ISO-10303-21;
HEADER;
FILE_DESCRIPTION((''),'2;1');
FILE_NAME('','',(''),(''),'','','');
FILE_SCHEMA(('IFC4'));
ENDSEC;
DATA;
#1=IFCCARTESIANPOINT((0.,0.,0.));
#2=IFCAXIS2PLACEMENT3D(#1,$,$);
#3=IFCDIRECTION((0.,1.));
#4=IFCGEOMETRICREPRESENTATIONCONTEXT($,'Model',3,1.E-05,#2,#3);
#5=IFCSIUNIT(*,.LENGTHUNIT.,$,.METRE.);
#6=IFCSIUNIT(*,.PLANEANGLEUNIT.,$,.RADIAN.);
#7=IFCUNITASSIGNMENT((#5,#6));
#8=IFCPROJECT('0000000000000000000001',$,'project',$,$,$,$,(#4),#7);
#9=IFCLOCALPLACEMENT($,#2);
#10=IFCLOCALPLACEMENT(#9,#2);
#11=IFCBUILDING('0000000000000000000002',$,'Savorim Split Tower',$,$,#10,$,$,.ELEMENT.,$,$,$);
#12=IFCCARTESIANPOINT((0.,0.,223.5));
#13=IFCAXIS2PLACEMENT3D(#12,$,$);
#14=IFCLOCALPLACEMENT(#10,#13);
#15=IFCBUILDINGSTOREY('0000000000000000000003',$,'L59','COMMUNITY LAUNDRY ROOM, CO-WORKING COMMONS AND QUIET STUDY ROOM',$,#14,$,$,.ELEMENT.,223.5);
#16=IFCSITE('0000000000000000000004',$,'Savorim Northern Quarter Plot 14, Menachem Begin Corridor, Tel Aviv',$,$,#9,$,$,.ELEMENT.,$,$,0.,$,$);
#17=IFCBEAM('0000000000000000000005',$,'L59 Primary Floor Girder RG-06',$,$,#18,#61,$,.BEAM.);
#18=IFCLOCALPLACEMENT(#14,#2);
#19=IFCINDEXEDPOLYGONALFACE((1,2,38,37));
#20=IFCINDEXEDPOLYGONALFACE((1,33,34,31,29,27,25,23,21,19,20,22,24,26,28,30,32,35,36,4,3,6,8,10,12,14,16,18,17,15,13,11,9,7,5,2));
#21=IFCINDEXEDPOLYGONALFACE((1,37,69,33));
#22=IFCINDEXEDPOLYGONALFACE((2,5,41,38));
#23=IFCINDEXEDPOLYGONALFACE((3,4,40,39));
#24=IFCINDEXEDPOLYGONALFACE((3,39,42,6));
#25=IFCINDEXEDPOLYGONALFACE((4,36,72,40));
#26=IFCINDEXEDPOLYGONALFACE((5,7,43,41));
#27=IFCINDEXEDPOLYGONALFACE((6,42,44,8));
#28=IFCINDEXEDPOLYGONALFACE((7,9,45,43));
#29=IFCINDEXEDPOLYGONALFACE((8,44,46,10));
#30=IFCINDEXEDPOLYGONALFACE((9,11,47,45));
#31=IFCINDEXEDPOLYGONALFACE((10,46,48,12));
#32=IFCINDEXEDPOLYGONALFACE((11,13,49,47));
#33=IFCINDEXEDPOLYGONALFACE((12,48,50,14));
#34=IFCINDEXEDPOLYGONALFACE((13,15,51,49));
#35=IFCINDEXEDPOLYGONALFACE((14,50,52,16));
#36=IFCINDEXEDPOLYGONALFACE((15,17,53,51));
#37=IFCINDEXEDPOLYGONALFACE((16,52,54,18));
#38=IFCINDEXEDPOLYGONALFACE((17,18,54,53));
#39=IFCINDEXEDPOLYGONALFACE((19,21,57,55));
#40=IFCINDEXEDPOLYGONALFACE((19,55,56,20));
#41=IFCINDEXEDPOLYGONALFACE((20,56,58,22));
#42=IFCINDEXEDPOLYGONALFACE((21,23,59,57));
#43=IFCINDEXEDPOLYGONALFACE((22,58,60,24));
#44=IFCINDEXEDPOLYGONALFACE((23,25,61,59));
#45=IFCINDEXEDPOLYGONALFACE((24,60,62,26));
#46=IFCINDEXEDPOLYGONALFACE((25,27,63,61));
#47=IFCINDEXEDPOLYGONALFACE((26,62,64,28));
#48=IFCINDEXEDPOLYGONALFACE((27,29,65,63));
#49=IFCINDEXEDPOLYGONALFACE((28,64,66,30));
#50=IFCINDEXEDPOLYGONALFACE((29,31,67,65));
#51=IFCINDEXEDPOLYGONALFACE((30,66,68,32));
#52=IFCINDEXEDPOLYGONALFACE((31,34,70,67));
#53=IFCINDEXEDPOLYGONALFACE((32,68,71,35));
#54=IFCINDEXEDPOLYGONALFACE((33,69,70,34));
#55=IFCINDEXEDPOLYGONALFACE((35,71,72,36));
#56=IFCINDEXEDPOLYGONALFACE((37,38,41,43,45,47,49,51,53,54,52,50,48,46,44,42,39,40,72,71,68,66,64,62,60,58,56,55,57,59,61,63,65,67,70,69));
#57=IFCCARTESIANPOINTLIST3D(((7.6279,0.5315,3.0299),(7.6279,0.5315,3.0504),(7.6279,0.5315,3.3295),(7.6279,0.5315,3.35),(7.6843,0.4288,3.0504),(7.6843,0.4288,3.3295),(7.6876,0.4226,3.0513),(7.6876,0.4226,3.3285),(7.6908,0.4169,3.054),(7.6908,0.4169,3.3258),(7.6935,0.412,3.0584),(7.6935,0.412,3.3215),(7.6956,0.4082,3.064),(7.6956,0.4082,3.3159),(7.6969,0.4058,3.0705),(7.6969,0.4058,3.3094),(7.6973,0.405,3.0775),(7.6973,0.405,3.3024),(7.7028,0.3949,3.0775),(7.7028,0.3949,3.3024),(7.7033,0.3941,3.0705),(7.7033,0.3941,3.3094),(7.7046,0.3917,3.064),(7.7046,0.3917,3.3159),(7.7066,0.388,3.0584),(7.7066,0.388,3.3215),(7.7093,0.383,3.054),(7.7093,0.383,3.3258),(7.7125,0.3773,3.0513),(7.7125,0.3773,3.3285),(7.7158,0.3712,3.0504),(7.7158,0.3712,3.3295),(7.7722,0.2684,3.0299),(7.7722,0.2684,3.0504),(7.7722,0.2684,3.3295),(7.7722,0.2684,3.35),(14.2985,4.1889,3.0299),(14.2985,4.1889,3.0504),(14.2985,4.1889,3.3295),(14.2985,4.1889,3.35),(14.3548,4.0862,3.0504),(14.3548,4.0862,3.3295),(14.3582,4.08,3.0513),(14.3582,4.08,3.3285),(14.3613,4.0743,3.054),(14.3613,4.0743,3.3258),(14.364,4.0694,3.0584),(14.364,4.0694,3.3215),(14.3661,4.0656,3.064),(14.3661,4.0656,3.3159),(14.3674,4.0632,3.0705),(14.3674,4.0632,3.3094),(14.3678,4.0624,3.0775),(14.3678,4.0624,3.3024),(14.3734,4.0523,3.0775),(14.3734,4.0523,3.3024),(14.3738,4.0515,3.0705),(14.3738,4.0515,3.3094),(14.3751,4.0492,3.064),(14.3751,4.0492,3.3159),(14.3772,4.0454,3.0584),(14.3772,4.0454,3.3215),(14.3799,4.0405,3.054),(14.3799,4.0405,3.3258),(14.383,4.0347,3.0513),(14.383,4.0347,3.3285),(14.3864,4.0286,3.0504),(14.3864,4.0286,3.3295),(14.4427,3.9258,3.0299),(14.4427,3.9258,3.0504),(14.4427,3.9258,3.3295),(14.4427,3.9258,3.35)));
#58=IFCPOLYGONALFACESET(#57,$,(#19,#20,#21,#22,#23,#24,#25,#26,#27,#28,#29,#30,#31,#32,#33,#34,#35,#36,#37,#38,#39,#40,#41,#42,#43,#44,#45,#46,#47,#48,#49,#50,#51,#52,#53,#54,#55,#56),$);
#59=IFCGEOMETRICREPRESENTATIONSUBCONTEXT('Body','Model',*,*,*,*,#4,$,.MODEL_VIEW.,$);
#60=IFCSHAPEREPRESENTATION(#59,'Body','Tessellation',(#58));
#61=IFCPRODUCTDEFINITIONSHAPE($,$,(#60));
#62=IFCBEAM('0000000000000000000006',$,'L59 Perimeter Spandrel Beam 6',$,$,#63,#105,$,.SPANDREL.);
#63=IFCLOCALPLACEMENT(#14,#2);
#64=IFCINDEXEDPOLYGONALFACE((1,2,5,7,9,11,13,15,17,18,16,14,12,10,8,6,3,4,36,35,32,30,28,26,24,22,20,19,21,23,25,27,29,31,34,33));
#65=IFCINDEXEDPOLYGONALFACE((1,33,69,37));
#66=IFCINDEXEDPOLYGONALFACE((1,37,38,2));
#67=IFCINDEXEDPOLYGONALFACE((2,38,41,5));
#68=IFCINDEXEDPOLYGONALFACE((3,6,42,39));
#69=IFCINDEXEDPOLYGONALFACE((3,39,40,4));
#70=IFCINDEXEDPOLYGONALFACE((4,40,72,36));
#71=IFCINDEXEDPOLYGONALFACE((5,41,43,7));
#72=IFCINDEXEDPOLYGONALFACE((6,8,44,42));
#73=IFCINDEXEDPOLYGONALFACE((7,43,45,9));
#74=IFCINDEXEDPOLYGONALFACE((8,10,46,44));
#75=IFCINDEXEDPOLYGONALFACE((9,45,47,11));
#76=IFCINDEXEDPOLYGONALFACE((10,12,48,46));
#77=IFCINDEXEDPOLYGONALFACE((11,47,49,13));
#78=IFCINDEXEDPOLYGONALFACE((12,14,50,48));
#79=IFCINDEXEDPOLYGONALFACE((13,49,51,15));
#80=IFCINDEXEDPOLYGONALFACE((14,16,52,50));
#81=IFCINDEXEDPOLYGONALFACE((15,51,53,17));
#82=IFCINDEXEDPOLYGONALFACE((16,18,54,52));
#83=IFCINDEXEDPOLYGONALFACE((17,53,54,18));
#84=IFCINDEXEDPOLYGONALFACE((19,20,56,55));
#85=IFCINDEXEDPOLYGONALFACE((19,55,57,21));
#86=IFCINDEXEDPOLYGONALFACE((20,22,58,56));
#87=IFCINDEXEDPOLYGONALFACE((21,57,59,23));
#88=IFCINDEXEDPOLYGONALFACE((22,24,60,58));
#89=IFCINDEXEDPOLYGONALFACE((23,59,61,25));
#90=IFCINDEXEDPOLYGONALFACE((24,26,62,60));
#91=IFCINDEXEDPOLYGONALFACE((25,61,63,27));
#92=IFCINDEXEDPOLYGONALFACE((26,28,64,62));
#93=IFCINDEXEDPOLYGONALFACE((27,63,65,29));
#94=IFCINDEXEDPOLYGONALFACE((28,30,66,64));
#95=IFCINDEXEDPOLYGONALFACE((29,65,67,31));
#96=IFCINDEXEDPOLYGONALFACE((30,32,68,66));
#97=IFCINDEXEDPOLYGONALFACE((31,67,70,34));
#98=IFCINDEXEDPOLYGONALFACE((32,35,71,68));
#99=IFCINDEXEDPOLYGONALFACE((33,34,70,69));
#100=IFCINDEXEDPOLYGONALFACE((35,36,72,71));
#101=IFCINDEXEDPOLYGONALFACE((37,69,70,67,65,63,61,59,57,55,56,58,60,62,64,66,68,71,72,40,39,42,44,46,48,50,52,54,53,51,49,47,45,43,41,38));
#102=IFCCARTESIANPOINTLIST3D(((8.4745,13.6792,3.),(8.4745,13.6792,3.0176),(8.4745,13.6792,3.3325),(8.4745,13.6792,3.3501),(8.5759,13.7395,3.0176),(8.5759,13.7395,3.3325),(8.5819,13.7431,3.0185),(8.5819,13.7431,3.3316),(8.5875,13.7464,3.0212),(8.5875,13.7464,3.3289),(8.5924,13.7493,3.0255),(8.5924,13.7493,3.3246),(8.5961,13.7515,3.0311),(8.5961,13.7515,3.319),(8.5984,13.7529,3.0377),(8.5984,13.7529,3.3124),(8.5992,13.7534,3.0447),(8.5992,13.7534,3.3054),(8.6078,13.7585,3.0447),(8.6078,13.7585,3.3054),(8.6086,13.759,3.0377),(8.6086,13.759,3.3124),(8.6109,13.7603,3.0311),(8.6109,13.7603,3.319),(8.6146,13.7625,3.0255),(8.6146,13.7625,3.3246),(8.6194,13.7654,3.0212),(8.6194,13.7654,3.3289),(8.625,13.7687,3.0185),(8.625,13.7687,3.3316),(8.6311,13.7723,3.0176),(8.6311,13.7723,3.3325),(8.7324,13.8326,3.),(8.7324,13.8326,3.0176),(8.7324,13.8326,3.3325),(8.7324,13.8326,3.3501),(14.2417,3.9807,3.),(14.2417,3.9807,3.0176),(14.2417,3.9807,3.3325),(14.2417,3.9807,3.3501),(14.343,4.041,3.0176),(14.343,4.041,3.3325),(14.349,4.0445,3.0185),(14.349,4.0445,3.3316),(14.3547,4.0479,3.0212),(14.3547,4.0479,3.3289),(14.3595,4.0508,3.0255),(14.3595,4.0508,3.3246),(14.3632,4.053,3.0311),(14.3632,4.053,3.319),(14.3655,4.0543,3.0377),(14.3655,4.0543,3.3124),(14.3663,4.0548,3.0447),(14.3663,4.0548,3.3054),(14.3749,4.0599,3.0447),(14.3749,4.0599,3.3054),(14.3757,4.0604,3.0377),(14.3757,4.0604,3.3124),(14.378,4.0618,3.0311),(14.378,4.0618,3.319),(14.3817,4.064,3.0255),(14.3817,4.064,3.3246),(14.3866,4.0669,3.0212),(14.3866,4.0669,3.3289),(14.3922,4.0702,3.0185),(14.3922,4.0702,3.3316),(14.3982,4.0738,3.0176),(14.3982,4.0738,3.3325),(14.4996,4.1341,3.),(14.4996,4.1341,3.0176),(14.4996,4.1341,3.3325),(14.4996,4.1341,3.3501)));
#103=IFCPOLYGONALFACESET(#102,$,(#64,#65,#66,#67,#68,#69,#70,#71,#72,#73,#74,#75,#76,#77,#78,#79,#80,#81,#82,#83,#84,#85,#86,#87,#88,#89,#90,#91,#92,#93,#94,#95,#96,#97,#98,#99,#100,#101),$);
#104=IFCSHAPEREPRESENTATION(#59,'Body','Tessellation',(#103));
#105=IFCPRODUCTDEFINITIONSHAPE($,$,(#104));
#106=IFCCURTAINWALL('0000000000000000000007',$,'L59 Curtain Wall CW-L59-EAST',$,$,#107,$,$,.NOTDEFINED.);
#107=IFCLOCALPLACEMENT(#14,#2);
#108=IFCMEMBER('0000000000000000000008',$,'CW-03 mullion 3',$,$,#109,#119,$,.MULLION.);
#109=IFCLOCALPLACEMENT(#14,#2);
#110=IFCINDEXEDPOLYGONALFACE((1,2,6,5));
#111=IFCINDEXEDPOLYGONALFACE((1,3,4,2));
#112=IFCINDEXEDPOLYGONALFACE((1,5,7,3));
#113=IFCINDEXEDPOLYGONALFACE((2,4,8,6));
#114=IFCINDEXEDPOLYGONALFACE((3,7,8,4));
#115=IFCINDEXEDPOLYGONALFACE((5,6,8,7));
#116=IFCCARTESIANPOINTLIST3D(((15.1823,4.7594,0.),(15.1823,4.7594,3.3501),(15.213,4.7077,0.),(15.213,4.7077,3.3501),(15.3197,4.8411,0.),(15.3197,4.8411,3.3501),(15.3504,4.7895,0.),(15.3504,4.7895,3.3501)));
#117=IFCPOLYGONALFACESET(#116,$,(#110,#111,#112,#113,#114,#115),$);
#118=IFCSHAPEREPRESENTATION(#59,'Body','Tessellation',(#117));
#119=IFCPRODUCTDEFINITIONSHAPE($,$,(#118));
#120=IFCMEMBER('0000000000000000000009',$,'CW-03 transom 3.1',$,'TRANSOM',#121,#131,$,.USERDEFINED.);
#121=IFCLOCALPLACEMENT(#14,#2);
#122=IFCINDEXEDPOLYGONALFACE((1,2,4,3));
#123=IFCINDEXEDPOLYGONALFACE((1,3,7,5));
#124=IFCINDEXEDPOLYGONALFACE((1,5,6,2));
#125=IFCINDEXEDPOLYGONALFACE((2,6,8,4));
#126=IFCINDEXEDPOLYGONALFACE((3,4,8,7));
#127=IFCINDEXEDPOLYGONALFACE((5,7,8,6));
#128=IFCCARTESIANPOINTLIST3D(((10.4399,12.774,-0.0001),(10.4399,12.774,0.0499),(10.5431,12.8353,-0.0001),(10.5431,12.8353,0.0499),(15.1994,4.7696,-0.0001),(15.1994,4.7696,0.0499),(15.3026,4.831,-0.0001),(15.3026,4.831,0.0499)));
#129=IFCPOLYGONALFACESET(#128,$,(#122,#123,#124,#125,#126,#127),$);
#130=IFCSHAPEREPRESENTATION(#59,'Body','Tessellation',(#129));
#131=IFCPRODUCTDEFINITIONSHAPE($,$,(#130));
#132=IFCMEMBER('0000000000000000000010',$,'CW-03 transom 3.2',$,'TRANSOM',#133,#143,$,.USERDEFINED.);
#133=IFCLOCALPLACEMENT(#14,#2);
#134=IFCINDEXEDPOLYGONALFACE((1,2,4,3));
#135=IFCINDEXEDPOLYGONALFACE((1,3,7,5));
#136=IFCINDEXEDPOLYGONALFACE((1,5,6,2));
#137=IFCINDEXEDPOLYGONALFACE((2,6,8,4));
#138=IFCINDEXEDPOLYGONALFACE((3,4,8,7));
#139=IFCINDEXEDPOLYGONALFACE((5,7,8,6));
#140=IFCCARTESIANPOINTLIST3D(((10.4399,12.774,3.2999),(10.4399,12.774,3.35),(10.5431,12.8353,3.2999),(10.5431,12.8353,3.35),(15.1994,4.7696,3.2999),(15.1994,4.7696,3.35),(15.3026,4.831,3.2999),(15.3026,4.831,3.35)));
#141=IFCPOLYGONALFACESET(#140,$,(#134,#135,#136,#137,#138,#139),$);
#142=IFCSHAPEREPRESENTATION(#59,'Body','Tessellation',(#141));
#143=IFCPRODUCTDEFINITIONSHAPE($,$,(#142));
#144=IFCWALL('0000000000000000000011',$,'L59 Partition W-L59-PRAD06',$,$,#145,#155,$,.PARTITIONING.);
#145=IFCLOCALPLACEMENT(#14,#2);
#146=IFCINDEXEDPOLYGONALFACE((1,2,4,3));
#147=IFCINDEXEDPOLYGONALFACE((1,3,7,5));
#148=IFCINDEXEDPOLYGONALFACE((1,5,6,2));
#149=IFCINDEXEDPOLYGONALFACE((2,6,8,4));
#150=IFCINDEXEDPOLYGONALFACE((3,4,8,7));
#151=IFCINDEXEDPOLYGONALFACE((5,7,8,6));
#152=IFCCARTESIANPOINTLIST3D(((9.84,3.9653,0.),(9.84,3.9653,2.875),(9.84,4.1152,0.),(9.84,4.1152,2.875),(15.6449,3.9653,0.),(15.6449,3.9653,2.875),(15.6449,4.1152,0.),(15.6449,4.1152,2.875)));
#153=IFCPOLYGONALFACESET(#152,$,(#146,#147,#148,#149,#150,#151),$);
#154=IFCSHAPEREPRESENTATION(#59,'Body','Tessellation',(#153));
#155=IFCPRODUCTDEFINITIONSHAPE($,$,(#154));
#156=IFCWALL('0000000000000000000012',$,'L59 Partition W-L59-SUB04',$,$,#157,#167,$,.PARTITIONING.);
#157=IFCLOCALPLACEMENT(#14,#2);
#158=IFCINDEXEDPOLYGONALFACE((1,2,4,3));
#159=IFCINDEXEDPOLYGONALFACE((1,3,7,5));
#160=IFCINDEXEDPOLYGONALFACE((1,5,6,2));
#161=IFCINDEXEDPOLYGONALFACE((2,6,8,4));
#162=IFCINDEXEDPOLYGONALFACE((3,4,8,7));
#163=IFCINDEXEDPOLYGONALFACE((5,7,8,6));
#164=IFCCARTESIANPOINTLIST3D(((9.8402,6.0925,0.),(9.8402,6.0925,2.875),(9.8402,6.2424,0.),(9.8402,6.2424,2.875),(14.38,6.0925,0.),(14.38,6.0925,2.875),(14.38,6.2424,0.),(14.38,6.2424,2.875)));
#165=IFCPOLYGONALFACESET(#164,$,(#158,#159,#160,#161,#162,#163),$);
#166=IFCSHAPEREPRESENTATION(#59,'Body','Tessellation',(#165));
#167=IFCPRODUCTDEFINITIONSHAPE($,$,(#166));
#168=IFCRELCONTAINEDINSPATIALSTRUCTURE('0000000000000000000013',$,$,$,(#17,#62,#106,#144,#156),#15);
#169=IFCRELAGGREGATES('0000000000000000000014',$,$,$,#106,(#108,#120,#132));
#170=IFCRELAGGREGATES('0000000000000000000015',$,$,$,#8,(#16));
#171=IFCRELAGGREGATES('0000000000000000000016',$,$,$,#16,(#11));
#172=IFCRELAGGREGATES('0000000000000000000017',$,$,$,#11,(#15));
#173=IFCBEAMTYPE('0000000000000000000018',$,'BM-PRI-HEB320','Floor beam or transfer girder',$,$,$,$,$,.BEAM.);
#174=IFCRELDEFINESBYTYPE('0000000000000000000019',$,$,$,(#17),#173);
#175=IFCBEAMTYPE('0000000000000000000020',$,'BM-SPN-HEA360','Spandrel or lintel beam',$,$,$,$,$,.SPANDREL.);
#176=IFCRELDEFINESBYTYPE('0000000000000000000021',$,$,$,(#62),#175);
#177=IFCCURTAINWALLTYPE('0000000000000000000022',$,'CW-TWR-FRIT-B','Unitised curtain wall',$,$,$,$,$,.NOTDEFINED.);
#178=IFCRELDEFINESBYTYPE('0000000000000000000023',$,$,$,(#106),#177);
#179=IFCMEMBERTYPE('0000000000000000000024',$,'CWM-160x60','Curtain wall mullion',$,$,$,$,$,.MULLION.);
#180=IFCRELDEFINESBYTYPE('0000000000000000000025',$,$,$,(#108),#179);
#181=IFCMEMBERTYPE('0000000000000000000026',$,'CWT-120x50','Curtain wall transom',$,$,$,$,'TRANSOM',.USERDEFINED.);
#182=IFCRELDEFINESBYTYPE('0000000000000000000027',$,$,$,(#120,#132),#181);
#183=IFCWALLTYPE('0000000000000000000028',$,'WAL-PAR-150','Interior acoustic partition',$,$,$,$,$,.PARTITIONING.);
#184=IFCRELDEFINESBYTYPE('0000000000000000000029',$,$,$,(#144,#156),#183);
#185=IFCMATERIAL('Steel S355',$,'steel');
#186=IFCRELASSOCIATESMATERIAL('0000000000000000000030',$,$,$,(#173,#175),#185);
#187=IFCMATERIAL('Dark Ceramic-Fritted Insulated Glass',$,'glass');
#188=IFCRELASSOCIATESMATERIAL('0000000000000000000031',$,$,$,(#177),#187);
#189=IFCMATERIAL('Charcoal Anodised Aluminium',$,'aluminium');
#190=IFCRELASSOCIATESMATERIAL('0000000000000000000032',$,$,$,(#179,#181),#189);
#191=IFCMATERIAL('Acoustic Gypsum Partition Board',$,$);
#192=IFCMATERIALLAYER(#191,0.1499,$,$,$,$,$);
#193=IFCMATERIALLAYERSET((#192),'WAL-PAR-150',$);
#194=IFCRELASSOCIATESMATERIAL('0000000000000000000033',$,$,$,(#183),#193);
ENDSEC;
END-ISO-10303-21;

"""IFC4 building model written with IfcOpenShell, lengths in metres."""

from ifc_helpers import new_model, si_unit, direction, frame, frame_2d, origin, origin_2d, place, context, subcontext, project, spatial, rectangle, i_section, extrude, material, layer, layer_set, material_profile, profile_set, type_object, element, aggregate, save


model = new_model("IFC4")

# Units and contexts
model_context = context("Model", 3, precision=1e-05, world=origin(), true_north=direction((0.0, 1.0)))
body_context = subcontext(model_context, "Body", "Model", "MODEL_VIEW")
ifc_project = project(units=[si_unit("LENGTHUNIT", "METRE"), si_unit("PLANEANGLEUNIT", "RADIAN")], contexts=[model_context])

# Site, building, storey
site_placement = place(None, origin())
site = spatial("IfcSite", under=ifc_project, at=site_placement, Name="Savorim Northern Quarter Plot 14, Menachem Begin Corridor, Tel Aviv", CompositionType="ELEMENT", RefElevation=0.0)
building_placement = place(site_placement, origin())
building = spatial("IfcBuilding", under=site, at=building_placement, Name="Savorim Split Tower", CompositionType="ELEMENT")
storey_placement = place(building_placement, frame((0.0, 0.0, 223.5)))
storey = spatial("IfcBuildingStorey", under=building, at=storey_placement, Name="L59", Description="COMMUNITY LAUNDRY ROOM, CO-WORKING COMMONS AND QUIET STUDY ROOM", CompositionType="ELEMENT", Elevation=223.5)

# Beams
ifc_material_1 = material(Name="Steel S355", Category="steel")
ifc_material_profile_1 = material_profile(ifc_material_1, i_section(OverallWidth=0.3, OverallDepth=0.3201, WebThickness=0.0115, FlangeThickness=0.0205, FilletRadius=0.0271, at=origin_2d()), Name="HEB 320")
ifc_profile_set_1 = profile_set([ifc_material_profile_1], Name="Steel S355")
beam_type_1 = type_object("IfcBeamType", Name="BM-PRI-HEB320", Description="Floor beam or transfer girder", PredefinedType="BEAM", material=ifc_profile_set_1)
beam_1_placement = place(storey_placement, frame((14.3706, 4.0574, 3.1899), z_axis=(-0.876847, -0.480769, 0.0), x_axis=(0.480769, -0.876847, 0.0)))
element("IfcBeam", 1, at=beam_1_placement, inside=storey, type_object=beam_type_1, Name="L59 Primary Floor Girder RG-06", PredefinedType="BEAM", context=body_context, shape_type="SweptSolid", body=[
    extrude(i_section(OverallWidth=0.3, OverallDepth=0.3201, WebThickness=0.0115, FlangeThickness=0.0205, FilletRadius=0.0271, at=origin_2d()), origin(), (0.0, 0.0, 1.0), 7.6074),
])
ifc_material_profile_2 = material_profile(ifc_material_1, i_section(OverallWidth=0.3, OverallDepth=0.3501, WebThickness=0.01, FlangeThickness=0.0176, FilletRadius=0.0271, at=origin_2d()), Name="HEA 360")
ifc_profile_set_2 = profile_set([ifc_material_profile_2], Name="Steel S355")
beam_type_2 = type_object("IfcBeamType", Name="BM-SPN-HEA360", Description="Spandrel or lintel beam", PredefinedType="SPANDREL", material=ifc_profile_set_2)
beam_2_placement = place(storey_placement, frame((14.3706, 4.0574, 3.175), z_axis=(-0.511103, 0.859519, 0.0), x_axis=(-0.859519, -0.511103, 0.0)))
element("IfcBeam", 2, at=beam_2_placement, inside=storey, type_object=beam_type_2, Name="L59 Perimeter Spandrel Beam 6", PredefinedType="SPANDREL", context=body_context, shape_type="SweptSolid", body=[
    extrude(i_section(OverallWidth=0.3, OverallDepth=0.3501, WebThickness=0.01, FlangeThickness=0.0176, FilletRadius=0.0271, at=origin_2d()), origin(), (0.0, 0.0, 1.0), 11.2837),
])

# Curtain wall, members
ifc_material_2 = material(Name="Dark Ceramic-Fritted Insulated Glass", Category="glass")
curtain_wall_type = type_object("IfcCurtainWallType", Name="CW-TWR-FRIT-B", Description="Unitised curtain wall", PredefinedType="NOTDEFINED", material=ifc_material_2)
curtain_wall_placement = place(storey_placement, origin())
curtain_wall = element("IfcCurtainWall", 3, at=curtain_wall_placement, inside=storey, type_object=curtain_wall_type, Name="L59 Curtain Wall CW-L59-EAST", PredefinedType="NOTDEFINED")
ifc_material_3 = material(Name="Charcoal Anodised Aluminium", Category="aluminium")
ifc_material_profile_3 = material_profile(ifc_material_3, rectangle(XDim=0.1599, YDim=0.0601, at=origin_2d()), Name="ALU-M 160x60")
ifc_profile_set_3 = profile_set([ifc_material_profile_3], Name="Charcoal Anodised Aluminium")
member_type_1 = type_object("IfcMemberType", Name="CWM-160x60", Description="Curtain wall mullion", PredefinedType="MULLION", material=ifc_profile_set_3)
member_1_placement = place(storey_placement, frame((15.2664, 4.7744, 0.0), z_axis=(0.0, 0.0, 1.0), x_axis=(-0.859524, -0.511096, 0.0)))
member_1 = element("IfcMember", 4, at=member_1_placement, type_object=member_type_1, Name="CW-03 mullion 3", PredefinedType="MULLION", context=body_context, shape_type="SweptSolid", body=[
    extrude(rectangle(XDim=0.1599, YDim=0.0601, at=origin_2d()), origin(), (0.0, 0.0, 1.0), 3.3501),
])
ifc_material_profile_4 = material_profile(ifc_material_3, rectangle(XDim=0.1201, YDim=0.05, at=origin_2d()), Name="ALU-T 120x50")
ifc_profile_set_4 = profile_set([ifc_material_profile_4], Name="Charcoal Anodised Aluminium")
member_type_2 = type_object("IfcMemberType", Name="CWT-120x50", Description="Curtain wall transom", ElementType="TRANSOM", PredefinedType="USERDEFINED", material=ifc_profile_set_4)
member_2_placement = place(storey_placement, frame((15.251, 4.8003, 0.0249), z_axis=(-0.511087, 0.859529, 0.0), x_axis=(-0.859529, -0.511087, 0.0)))
member_2 = element("IfcMember", 5, at=member_2_placement, type_object=member_type_2, Name="CW-03 transom 3.1", ObjectType="TRANSOM", PredefinedType="USERDEFINED", context=body_context, shape_type="SweptSolid", body=[
    extrude(rectangle(XDim=0.1201, YDim=0.05, at=origin_2d()), origin(), (0.0, 0.0, 1.0), 9.3125),
])
member_3_placement = place(storey_placement, frame((15.251, 4.8003, 3.325), z_axis=(-0.511087, 0.859529, 0.0), x_axis=(-0.859529, -0.511087, 0.0)))
member_3 = element("IfcMember", 6, at=member_3_placement, type_object=member_type_2, Name="CW-03 transom 3.2", ObjectType="TRANSOM", PredefinedType="USERDEFINED", context=body_context, shape_type="SweptSolid", body=[
    extrude(rectangle(XDim=0.1201, YDim=0.05, at=origin_2d()), origin(), (0.0, 0.0, 1.0), 9.3125),
])
aggregate(curtain_wall, [member_1, member_2, member_3])

# Walls
ifc_material_4 = material(Name="Acoustic Gypsum Partition Board")
ifc_layer = layer(ifc_material_4, 0.1499)
ifc_layer_set = layer_set([ifc_layer], Name="WAL-PAR-150")
wall_type = type_object("IfcWallType", Name="WAL-PAR-150", Description="Interior acoustic partition", PredefinedType="PARTITIONING", material=ifc_layer_set)
wall_1_placement = place(storey_placement, frame((9.8401, 4.0403, 0.0), z_axis=(0.0, 0.0, 1.0), x_axis=(1.0, 0.0, 0.0)))
element("IfcWall", 7, at=wall_1_placement, inside=storey, type_object=wall_type, Name="L59 Partition W-L59-PRAD06", PredefinedType="PARTITIONING", context=body_context, shape_type="SweptSolid", body=[
    extrude(rectangle(XDim=5.8049, YDim=0.1499, at=frame_2d((2.9023, 0.0))), origin(), (0.0, 0.0, 1.0), 2.875),
])
wall_2_placement = place(storey_placement, frame((9.8401, 6.1675, 0.0), z_axis=(0.0, 0.0, 1.0), x_axis=(1.0, 0.0, 0.0)))
element("IfcWall", 8, at=wall_2_placement, inside=storey, type_object=wall_type, Name="L59 Partition W-L59-SUB04", PredefinedType="PARTITIONING", context=body_context, shape_type="SweptSolid", body=[
    extrude(rectangle(XDim=4.5398, YDim=0.1499, at=frame_2d((2.27, 0.0))), origin(), (0.0, 0.0, 1.0), 2.875),
])

save(model, "model.ifc")
